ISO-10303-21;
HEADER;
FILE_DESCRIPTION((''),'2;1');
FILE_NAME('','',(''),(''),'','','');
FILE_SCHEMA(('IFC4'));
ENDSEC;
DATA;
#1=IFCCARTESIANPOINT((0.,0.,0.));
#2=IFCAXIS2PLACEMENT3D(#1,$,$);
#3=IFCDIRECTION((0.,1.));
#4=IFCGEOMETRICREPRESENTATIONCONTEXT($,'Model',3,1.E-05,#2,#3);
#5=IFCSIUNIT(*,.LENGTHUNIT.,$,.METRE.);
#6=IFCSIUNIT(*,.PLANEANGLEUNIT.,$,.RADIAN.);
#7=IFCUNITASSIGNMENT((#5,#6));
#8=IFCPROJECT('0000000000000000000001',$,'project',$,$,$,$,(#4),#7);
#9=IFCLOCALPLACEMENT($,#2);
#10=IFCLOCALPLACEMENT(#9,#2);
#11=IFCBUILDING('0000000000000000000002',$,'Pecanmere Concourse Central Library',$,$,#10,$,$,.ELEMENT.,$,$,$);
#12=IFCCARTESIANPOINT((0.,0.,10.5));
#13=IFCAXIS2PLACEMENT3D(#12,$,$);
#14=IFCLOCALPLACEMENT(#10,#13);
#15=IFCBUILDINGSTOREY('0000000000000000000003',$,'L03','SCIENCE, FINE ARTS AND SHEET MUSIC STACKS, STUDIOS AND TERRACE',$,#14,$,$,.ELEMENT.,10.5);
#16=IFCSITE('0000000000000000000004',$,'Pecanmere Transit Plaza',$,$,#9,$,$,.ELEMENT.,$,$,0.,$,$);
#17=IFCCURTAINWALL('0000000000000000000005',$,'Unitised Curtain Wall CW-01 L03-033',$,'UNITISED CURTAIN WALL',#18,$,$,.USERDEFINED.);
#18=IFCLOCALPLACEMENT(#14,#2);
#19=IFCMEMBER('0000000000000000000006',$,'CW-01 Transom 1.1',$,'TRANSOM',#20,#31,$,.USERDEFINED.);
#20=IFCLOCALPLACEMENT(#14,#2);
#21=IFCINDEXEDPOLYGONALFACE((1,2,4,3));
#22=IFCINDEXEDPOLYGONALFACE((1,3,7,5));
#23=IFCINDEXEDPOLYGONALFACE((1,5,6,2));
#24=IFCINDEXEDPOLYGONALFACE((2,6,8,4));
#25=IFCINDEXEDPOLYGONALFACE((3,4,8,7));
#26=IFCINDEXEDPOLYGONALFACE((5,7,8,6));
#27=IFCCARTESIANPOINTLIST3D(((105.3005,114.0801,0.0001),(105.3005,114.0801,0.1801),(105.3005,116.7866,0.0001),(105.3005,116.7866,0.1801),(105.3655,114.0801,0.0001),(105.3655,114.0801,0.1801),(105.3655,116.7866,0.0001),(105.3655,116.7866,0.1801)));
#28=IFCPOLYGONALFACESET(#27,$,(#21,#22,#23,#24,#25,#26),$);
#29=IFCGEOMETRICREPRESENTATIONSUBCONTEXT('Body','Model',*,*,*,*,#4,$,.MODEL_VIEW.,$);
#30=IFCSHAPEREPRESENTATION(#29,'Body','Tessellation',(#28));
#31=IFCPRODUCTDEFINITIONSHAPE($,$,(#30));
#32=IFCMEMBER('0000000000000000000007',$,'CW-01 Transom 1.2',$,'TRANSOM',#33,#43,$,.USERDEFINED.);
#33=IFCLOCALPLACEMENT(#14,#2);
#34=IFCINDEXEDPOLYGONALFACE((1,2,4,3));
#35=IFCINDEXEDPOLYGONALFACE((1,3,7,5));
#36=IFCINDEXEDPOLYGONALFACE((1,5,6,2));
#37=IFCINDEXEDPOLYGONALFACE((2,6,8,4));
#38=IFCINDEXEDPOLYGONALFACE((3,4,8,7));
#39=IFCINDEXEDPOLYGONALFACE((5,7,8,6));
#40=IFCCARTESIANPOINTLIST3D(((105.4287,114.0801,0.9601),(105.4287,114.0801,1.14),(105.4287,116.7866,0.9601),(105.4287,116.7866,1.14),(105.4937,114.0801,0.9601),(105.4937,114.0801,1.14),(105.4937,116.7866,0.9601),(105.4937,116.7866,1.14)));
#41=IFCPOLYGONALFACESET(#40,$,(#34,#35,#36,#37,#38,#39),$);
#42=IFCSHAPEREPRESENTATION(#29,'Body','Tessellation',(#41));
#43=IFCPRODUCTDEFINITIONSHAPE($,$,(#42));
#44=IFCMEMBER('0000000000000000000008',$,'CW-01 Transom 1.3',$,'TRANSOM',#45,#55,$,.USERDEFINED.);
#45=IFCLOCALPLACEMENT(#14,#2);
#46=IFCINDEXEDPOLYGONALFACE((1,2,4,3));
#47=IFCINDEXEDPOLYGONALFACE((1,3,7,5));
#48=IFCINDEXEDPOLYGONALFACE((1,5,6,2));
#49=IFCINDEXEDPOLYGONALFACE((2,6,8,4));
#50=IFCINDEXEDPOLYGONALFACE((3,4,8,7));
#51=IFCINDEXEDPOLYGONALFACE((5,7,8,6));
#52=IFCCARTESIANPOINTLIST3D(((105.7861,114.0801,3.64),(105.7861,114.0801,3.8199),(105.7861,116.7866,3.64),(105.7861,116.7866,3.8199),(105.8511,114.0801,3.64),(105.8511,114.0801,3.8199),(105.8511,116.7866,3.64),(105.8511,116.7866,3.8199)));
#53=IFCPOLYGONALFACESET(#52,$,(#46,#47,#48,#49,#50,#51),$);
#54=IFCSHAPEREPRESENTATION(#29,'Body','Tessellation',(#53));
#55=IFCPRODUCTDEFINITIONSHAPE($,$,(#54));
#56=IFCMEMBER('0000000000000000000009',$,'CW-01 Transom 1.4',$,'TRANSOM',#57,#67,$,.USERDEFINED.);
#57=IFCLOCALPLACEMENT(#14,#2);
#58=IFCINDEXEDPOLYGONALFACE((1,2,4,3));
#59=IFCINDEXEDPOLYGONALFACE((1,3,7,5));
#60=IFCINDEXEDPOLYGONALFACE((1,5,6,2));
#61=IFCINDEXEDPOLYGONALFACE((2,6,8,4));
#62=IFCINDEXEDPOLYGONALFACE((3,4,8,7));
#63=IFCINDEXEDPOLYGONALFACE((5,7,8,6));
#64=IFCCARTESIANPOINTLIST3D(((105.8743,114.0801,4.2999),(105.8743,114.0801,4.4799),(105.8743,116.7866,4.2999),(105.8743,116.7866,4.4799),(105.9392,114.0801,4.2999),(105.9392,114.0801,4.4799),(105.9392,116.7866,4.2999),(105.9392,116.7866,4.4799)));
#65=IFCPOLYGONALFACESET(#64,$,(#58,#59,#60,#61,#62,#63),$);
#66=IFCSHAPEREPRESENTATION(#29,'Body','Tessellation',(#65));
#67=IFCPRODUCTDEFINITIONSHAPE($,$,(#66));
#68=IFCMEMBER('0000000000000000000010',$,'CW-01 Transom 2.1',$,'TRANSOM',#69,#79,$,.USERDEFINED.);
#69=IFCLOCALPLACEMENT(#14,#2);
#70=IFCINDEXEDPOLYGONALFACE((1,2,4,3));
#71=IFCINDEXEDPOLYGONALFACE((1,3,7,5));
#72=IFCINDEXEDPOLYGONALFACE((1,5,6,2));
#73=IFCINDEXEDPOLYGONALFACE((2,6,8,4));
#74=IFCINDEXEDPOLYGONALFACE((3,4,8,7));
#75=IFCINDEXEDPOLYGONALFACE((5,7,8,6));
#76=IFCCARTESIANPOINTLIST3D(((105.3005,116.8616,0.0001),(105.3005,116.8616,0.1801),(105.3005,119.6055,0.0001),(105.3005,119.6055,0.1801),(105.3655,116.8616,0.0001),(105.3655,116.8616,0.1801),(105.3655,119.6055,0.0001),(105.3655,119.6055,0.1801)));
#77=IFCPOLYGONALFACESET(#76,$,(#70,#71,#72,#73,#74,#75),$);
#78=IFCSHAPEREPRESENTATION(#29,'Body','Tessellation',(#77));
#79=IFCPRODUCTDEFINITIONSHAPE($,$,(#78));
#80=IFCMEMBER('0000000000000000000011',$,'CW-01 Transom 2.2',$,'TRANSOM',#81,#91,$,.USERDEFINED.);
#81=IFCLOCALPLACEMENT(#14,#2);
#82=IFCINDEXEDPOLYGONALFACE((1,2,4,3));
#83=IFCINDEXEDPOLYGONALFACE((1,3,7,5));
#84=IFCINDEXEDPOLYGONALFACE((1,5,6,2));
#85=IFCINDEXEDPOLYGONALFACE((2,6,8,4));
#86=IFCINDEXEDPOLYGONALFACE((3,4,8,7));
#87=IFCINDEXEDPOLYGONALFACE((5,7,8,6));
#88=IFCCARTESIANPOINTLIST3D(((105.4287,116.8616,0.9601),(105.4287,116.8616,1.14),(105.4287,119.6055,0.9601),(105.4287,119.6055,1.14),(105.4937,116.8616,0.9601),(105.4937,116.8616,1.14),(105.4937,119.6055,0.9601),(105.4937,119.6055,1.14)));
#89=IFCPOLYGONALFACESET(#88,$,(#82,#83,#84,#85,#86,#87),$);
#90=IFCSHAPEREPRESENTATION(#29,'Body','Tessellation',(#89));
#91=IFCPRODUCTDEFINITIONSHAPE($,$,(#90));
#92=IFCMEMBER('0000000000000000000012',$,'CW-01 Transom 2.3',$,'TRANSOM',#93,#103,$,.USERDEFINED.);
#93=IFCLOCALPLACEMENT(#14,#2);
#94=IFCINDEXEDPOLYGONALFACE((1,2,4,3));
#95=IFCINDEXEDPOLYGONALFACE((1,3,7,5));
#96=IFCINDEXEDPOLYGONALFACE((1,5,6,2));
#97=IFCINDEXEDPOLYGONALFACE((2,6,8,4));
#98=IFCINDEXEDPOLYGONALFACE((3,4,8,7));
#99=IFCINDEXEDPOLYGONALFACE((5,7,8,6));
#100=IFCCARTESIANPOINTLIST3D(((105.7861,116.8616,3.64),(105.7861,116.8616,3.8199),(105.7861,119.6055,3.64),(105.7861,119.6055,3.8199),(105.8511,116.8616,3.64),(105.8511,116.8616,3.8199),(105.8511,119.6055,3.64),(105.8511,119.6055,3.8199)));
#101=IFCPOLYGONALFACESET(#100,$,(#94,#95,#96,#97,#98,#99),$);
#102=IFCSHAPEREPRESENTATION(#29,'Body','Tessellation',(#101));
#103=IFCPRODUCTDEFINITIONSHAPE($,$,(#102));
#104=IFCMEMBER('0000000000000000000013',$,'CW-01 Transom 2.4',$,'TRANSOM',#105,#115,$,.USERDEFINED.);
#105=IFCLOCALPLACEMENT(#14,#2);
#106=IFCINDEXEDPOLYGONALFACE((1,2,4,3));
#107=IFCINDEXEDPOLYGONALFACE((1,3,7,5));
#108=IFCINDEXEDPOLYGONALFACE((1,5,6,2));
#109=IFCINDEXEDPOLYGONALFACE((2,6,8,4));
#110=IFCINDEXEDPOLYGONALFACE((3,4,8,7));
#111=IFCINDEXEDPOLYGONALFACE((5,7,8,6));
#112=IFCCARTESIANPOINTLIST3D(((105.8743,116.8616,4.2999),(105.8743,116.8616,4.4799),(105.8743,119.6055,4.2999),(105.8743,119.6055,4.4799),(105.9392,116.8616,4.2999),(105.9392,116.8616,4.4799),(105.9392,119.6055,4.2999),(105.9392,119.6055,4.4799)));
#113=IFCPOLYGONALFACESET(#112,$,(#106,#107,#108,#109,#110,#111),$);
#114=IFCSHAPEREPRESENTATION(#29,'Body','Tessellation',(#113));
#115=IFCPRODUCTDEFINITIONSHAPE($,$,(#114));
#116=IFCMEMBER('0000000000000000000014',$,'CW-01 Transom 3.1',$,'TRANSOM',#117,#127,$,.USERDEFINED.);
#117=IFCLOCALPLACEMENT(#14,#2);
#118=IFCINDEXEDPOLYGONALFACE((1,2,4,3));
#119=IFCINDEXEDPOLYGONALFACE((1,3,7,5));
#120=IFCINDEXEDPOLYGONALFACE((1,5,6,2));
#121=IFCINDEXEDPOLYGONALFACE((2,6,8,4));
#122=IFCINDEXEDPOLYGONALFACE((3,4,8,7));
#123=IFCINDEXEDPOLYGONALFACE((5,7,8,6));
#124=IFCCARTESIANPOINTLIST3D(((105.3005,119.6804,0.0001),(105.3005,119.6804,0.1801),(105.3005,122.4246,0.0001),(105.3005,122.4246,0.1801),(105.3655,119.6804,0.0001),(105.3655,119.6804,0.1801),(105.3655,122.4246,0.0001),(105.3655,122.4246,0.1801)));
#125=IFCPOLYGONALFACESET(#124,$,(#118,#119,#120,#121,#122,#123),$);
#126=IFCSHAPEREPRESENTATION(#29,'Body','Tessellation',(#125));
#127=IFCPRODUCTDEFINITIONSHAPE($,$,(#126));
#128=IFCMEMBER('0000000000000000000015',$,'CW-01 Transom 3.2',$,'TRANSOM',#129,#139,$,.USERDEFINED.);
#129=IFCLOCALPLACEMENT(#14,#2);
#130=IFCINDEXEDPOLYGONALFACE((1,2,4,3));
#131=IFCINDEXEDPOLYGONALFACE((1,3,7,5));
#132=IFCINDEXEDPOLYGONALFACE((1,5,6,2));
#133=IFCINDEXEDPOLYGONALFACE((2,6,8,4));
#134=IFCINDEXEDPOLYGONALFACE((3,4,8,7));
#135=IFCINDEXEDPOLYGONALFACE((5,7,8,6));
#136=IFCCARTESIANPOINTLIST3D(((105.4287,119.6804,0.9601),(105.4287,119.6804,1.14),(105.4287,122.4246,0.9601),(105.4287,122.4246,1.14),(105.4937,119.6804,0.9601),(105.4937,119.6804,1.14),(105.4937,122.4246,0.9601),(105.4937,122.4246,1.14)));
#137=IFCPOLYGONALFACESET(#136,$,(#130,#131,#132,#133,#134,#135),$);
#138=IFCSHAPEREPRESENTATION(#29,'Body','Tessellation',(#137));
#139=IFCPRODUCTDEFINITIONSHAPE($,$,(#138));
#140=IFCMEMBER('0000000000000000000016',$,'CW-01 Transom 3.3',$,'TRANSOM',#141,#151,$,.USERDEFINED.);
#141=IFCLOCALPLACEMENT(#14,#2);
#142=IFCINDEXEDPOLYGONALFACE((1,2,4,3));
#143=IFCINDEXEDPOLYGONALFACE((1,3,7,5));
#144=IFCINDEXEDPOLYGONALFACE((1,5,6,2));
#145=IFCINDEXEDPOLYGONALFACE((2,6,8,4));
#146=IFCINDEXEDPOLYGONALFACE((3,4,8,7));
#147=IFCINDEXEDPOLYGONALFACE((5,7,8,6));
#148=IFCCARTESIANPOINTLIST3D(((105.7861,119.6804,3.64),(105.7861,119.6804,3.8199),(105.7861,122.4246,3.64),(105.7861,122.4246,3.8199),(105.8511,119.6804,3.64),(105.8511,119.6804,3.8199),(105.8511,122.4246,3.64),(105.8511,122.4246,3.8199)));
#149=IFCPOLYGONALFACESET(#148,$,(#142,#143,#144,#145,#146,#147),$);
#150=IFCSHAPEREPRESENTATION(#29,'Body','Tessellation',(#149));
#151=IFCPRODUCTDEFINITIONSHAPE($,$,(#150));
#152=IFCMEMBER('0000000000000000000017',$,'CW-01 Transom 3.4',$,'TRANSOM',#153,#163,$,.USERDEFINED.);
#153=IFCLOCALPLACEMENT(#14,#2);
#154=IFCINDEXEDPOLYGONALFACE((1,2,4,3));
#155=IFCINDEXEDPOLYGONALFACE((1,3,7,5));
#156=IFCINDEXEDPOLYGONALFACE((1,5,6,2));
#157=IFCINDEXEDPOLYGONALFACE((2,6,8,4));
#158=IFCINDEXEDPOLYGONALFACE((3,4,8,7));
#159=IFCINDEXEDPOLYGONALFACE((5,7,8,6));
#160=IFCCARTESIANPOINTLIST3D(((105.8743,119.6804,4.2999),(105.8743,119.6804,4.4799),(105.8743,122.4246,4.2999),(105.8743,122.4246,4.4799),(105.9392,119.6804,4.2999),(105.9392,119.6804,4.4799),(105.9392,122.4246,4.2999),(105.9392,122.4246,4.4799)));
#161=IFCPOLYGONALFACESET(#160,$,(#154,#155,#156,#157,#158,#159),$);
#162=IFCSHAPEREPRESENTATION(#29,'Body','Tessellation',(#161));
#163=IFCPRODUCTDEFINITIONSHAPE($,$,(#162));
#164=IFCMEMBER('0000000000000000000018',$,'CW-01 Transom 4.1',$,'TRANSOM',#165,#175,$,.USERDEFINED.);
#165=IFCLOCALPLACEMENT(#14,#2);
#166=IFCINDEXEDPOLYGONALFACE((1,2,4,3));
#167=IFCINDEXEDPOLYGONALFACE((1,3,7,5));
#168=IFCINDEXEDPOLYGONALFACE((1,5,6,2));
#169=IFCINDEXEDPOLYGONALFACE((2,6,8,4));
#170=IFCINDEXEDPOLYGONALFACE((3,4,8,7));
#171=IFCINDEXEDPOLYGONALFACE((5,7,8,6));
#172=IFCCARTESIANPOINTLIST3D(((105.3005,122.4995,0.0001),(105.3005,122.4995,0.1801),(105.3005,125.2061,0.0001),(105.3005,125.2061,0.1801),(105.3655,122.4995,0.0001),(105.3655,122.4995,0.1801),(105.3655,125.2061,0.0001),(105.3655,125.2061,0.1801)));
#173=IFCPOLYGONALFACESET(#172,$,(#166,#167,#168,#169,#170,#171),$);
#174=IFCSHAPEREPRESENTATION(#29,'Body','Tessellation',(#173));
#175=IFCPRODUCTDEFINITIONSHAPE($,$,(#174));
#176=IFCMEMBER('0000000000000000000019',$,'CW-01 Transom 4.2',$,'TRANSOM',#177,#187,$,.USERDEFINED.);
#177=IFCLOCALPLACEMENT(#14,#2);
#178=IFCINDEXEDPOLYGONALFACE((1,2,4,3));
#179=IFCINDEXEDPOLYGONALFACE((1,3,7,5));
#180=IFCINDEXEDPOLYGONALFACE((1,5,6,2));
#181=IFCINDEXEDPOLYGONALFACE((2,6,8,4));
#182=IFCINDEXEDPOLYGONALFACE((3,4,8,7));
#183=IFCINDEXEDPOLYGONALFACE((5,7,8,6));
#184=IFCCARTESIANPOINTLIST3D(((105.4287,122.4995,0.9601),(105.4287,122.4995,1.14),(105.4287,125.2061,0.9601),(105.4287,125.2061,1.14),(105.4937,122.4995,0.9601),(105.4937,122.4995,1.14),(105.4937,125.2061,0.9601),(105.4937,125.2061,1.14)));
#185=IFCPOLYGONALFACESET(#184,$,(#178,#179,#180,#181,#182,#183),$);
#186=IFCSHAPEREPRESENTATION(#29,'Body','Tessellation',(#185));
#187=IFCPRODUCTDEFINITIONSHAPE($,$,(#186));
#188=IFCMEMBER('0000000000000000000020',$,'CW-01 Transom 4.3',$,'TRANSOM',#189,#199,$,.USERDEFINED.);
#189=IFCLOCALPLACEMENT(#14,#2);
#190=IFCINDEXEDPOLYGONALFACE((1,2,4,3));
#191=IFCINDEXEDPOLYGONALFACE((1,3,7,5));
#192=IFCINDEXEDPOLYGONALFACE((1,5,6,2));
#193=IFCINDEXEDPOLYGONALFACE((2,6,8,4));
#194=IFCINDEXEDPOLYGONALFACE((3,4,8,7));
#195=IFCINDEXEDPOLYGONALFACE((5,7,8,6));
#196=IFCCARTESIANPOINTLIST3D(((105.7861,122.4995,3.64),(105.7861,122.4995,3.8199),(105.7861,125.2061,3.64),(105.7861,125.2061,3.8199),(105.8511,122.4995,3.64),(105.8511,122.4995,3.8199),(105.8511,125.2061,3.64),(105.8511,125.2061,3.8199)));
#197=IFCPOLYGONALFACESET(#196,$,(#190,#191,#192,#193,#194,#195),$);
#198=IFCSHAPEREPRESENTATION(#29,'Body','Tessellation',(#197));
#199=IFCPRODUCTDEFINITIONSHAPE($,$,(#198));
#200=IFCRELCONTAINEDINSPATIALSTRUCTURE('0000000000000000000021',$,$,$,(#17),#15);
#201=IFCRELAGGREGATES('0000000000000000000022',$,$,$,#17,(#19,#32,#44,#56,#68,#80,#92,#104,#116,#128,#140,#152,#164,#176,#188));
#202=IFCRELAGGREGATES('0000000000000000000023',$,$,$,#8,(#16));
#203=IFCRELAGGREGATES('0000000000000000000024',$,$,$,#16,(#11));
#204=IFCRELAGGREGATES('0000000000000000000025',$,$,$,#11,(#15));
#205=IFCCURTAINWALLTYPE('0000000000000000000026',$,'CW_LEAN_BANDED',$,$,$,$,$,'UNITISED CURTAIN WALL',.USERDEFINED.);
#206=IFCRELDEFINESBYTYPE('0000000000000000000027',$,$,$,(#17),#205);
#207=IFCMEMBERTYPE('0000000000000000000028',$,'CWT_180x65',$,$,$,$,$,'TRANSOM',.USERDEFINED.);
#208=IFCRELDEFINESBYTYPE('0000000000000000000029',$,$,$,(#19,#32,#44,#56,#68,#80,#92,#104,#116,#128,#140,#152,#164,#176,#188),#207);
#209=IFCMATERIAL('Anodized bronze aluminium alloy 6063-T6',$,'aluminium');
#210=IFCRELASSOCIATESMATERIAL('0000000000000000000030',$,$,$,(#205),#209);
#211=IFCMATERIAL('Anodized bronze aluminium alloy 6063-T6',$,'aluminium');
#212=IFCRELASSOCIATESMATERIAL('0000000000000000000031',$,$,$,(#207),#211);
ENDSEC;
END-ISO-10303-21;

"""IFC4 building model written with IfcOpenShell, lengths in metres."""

from ifc_helpers import new_model, si_unit, direction, frame, origin, origin_2d, place, context, subcontext, project, spatial, rectangle, extrude, material, material_profile, profile_set, type_object, element, aggregate, save


model = new_model("IFC4")

# Units and contexts
model_context = context("Model", 3, precision=1e-05, world=origin(), true_north=direction((0.0, 1.0)))
body_context = subcontext(model_context, "Body", "Model", "MODEL_VIEW")
ifc_project = project(units=[si_unit("LENGTHUNIT", "METRE"), si_unit("PLANEANGLEUNIT", "RADIAN")], contexts=[model_context])

# Site, building, storey
site_placement = place(None, origin())
site = spatial("IfcSite", under=ifc_project, at=site_placement, Name="Pecanmere Transit Plaza", CompositionType="ELEMENT", RefElevation=0.0)
building_placement = place(site_placement, origin())
building = spatial("IfcBuilding", under=site, at=building_placement, Name="Pecanmere Concourse Central Library", CompositionType="ELEMENT")
storey_placement = place(building_placement, frame((0.0, 0.0, 10.5)))
storey = spatial("IfcBuildingStorey", under=building, at=storey_placement, Name="L03", Description="SCIENCE, FINE ARTS AND SHEET MUSIC STACKS, STUDIOS AND TERRACE", CompositionType="ELEMENT", Elevation=10.5)

# Curtain wall, members
ifc_material_1 = material(Name="Anodized bronze aluminium alloy 6063-T6", Category="aluminium")
curtain_wall_type = type_object("IfcCurtainWallType", Name="CW_LEAN_BANDED", ElementType="UNITISED CURTAIN WALL", PredefinedType="USERDEFINED", material=ifc_material_1)
curtain_wall_1_placement = place(storey_placement, origin())
curtain_wall_1 = element("IfcCurtainWall", 1, at=curtain_wall_1_placement, inside=storey, type_object=curtain_wall_type, Name="Unitised Curtain Wall CW-01 L03-033", ObjectType="UNITISED CURTAIN WALL", PredefinedType="USERDEFINED")
ifc_material_2 = material(Name="Anodized bronze aluminium alloy 6063-T6", Category="aluminium")
ifc_material_profile = material_profile(ifc_material_2, rectangle(XDim=0.0649, YDim=0.1799, at=origin_2d()), Name="AL 65x180")
ifc_profile_set = profile_set([ifc_material_profile], Name="Anodized bronze aluminium alloy 6063-T6")
member_type = type_object("IfcMemberType", Name="CWT_180x65", ElementType="TRANSOM", PredefinedType="USERDEFINED", material=ifc_profile_set)
member_1_placement = place(storey_placement, frame((105.333, 114.0801, 0.0901), z_axis=(0.0, 1.0, 0.0), x_axis=(-1.0, 0.0, 0.0)))
member_1 = element("IfcMember", 2, at=member_1_placement, type_object=member_type, Name="CW-01 Transom 1.1", ObjectType="TRANSOM", PredefinedType="USERDEFINED", context=body_context, shape_type="SweptSolid", body=[
    extrude(rectangle(XDim=0.0649, YDim=0.1799, at=origin_2d()), origin(), (0.0, 0.0, 1.0), 2.7065),
])
member_2_placement = place(storey_placement, frame((105.4612, 114.0801, 1.05), z_axis=(0.0, 1.0, 0.0), x_axis=(-1.0, 0.0, 0.0)))
member_2 = element("IfcMember", 3, at=member_2_placement, type_object=member_type, Name="CW-01 Transom 1.2", ObjectType="TRANSOM", PredefinedType="USERDEFINED", context=body_context, shape_type="SweptSolid", body=[
    extrude(rectangle(XDim=0.0649, YDim=0.1799, at=origin_2d()), origin(), (0.0, 0.0, 1.0), 2.7065),
])
member_3_placement = place(storey_placement, frame((105.8186, 114.0801, 3.73), z_axis=(0.0, 1.0, 0.0), x_axis=(-1.0, 0.0, 0.0)))
member_3 = element("IfcMember", 4, at=member_3_placement, type_object=member_type, Name="CW-01 Transom 1.3", ObjectType="TRANSOM", PredefinedType="USERDEFINED", context=body_context, shape_type="SweptSolid", body=[
    extrude(rectangle(XDim=0.0649, YDim=0.1799, at=origin_2d()), origin(), (0.0, 0.0, 1.0), 2.7065),
])
member_4_placement = place(storey_placement, frame((105.9067, 114.0801, 4.3899), z_axis=(0.0, 1.0, 0.0), x_axis=(-1.0, 0.0, 0.0)))
member_4 = element("IfcMember", 5, at=member_4_placement, type_object=member_type, Name="CW-01 Transom 1.4", ObjectType="TRANSOM", PredefinedType="USERDEFINED", context=body_context, shape_type="SweptSolid", body=[
    extrude(rectangle(XDim=0.0649, YDim=0.1799, at=origin_2d()), origin(), (0.0, 0.0, 1.0), 2.7065),
])
member_5_placement = place(storey_placement, frame((105.333, 116.8616, 0.0901), z_axis=(0.0, 1.0, 0.0), x_axis=(-1.0, 0.0, 0.0)))
member_5 = element("IfcMember", 6, at=member_5_placement, type_object=member_type, Name="CW-01 Transom 2.1", ObjectType="TRANSOM", PredefinedType="USERDEFINED", context=body_context, shape_type="SweptSolid", body=[
    extrude(rectangle(XDim=0.0649, YDim=0.1799, at=origin_2d()), origin(), (0.0, 0.0, 1.0), 2.7439),
])
member_6_placement = place(storey_placement, frame((105.4612, 116.8616, 1.05), z_axis=(0.0, 1.0, 0.0), x_axis=(-1.0, 0.0, 0.0)))
member_6 = element("IfcMember", 7, at=member_6_placement, type_object=member_type, Name="CW-01 Transom 2.2", ObjectType="TRANSOM", PredefinedType="USERDEFINED", context=body_context, shape_type="SweptSolid", body=[
    extrude(rectangle(XDim=0.0649, YDim=0.1799, at=origin_2d()), origin(), (0.0, 0.0, 1.0), 2.7439),
])
member_7_placement = place(storey_placement, frame((105.8186, 116.8616, 3.73), z_axis=(0.0, 1.0, 0.0), x_axis=(-1.0, 0.0, 0.0)))
member_7 = element("IfcMember", 8, at=member_7_placement, type_object=member_type, Name="CW-01 Transom 2.3", ObjectType="TRANSOM", PredefinedType="USERDEFINED", context=body_context, shape_type="SweptSolid", body=[
    extrude(rectangle(XDim=0.0649, YDim=0.1799, at=origin_2d()), origin(), (0.0, 0.0, 1.0), 2.7439),
])
member_8_placement = place(storey_placement, frame((105.9067, 116.8616, 4.3899), z_axis=(0.0, 1.0, 0.0), x_axis=(-1.0, 0.0, 0.0)))
member_8 = element("IfcMember", 9, at=member_8_placement, type_object=member_type, Name="CW-01 Transom 2.4", ObjectType="TRANSOM", PredefinedType="USERDEFINED", context=body_context, shape_type="SweptSolid", body=[
    extrude(rectangle(XDim=0.0649, YDim=0.1799, at=origin_2d()), origin(), (0.0, 0.0, 1.0), 2.7439),
])
member_9_placement = place(storey_placement, frame((105.333, 119.6804, 0.0901), z_axis=(0.0, 1.0, 0.0), x_axis=(-1.0, 0.0, 0.0)))
member_9 = element("IfcMember", 10, at=member_9_placement, type_object=member_type, Name="CW-01 Transom 3.1", ObjectType="TRANSOM", PredefinedType="USERDEFINED", context=body_context, shape_type="SweptSolid", body=[
    extrude(rectangle(XDim=0.0649, YDim=0.1799, at=origin_2d()), origin(), (0.0, 0.0, 1.0), 2.7441),
])
member_10_placement = place(storey_placement, frame((105.4612, 119.6804, 1.05), z_axis=(0.0, 1.0, 0.0), x_axis=(-1.0, 0.0, 0.0)))
member_10 = element("IfcMember", 11, at=member_10_placement, type_object=member_type, Name="CW-01 Transom 3.2", ObjectType="TRANSOM", PredefinedType="USERDEFINED", context=body_context, shape_type="SweptSolid", body=[
    extrude(rectangle(XDim=0.0649, YDim=0.1799, at=origin_2d()), origin(), (0.0, 0.0, 1.0), 2.7441),
])
member_11_placement = place(storey_placement, frame((105.8186, 119.6804, 3.73), z_axis=(0.0, 1.0, 0.0), x_axis=(-1.0, 0.0, 0.0)))
member_11 = element("IfcMember", 12, at=member_11_placement, type_object=member_type, Name="CW-01 Transom 3.3", ObjectType="TRANSOM", PredefinedType="USERDEFINED", context=body_context, shape_type="SweptSolid", body=[
    extrude(rectangle(XDim=0.0649, YDim=0.1799, at=origin_2d()), origin(), (0.0, 0.0, 1.0), 2.7441),
])
member_12_placement = place(storey_placement, frame((105.9067, 119.6804, 4.3899), z_axis=(0.0, 1.0, 0.0), x_axis=(-1.0, 0.0, 0.0)))
member_12 = element("IfcMember", 13, at=member_12_placement, type_object=member_type, Name="CW-01 Transom 3.4", ObjectType="TRANSOM", PredefinedType="USERDEFINED", context=body_context, shape_type="SweptSolid", body=[
    extrude(rectangle(XDim=0.0649, YDim=0.1799, at=origin_2d()), origin(), (0.0, 0.0, 1.0), 2.7441),
])
member_13_placement = place(storey_placement, frame((105.333, 122.4995, 0.0901), z_axis=(0.0, 1.0, 0.0), x_axis=(-1.0, 0.0, 0.0)))
member_13 = element("IfcMember", 14, at=member_13_placement, type_object=member_type, Name="CW-01 Transom 4.1", ObjectType="TRANSOM", PredefinedType="USERDEFINED", context=body_context, shape_type="SweptSolid", body=[
    extrude(rectangle(XDim=0.0649, YDim=0.1799, at=origin_2d()), origin(), (0.0, 0.0, 1.0), 2.7065),
])
member_14_placement = place(storey_placement, frame((105.4612, 122.4995, 1.05), z_axis=(0.0, 1.0, 0.0), x_axis=(-1.0, 0.0, 0.0)))
member_14 = element("IfcMember", 15, at=member_14_placement, type_object=member_type, Name="CW-01 Transom 4.2", ObjectType="TRANSOM", PredefinedType="USERDEFINED", context=body_context, shape_type="SweptSolid", body=[
    extrude(rectangle(XDim=0.0649, YDim=0.1799, at=origin_2d()), origin(), (0.0, 0.0, 1.0), 2.7065),
])
member_15_placement = place(storey_placement, frame((105.8186, 122.4995, 3.73), z_axis=(0.0, 1.0, 0.0), x_axis=(-1.0, 0.0, 0.0)))
member_15 = element("IfcMember", 16, at=member_15_placement, type_object=member_type, Name="CW-01 Transom 4.3", ObjectType="TRANSOM", PredefinedType="USERDEFINED", context=body_context, shape_type="SweptSolid", body=[
    extrude(rectangle(XDim=0.0649, YDim=0.1799, at=origin_2d()), origin(), (0.0, 0.0, 1.0), 2.7065),
])

aggregate(curtain_wall_1, [member_1, member_2, member_3, member_4, member_5, member_6, member_7, member_8, member_9, member_10, member_11, member_12, member_13, member_14, member_15])

save(model, "model.ifc")
